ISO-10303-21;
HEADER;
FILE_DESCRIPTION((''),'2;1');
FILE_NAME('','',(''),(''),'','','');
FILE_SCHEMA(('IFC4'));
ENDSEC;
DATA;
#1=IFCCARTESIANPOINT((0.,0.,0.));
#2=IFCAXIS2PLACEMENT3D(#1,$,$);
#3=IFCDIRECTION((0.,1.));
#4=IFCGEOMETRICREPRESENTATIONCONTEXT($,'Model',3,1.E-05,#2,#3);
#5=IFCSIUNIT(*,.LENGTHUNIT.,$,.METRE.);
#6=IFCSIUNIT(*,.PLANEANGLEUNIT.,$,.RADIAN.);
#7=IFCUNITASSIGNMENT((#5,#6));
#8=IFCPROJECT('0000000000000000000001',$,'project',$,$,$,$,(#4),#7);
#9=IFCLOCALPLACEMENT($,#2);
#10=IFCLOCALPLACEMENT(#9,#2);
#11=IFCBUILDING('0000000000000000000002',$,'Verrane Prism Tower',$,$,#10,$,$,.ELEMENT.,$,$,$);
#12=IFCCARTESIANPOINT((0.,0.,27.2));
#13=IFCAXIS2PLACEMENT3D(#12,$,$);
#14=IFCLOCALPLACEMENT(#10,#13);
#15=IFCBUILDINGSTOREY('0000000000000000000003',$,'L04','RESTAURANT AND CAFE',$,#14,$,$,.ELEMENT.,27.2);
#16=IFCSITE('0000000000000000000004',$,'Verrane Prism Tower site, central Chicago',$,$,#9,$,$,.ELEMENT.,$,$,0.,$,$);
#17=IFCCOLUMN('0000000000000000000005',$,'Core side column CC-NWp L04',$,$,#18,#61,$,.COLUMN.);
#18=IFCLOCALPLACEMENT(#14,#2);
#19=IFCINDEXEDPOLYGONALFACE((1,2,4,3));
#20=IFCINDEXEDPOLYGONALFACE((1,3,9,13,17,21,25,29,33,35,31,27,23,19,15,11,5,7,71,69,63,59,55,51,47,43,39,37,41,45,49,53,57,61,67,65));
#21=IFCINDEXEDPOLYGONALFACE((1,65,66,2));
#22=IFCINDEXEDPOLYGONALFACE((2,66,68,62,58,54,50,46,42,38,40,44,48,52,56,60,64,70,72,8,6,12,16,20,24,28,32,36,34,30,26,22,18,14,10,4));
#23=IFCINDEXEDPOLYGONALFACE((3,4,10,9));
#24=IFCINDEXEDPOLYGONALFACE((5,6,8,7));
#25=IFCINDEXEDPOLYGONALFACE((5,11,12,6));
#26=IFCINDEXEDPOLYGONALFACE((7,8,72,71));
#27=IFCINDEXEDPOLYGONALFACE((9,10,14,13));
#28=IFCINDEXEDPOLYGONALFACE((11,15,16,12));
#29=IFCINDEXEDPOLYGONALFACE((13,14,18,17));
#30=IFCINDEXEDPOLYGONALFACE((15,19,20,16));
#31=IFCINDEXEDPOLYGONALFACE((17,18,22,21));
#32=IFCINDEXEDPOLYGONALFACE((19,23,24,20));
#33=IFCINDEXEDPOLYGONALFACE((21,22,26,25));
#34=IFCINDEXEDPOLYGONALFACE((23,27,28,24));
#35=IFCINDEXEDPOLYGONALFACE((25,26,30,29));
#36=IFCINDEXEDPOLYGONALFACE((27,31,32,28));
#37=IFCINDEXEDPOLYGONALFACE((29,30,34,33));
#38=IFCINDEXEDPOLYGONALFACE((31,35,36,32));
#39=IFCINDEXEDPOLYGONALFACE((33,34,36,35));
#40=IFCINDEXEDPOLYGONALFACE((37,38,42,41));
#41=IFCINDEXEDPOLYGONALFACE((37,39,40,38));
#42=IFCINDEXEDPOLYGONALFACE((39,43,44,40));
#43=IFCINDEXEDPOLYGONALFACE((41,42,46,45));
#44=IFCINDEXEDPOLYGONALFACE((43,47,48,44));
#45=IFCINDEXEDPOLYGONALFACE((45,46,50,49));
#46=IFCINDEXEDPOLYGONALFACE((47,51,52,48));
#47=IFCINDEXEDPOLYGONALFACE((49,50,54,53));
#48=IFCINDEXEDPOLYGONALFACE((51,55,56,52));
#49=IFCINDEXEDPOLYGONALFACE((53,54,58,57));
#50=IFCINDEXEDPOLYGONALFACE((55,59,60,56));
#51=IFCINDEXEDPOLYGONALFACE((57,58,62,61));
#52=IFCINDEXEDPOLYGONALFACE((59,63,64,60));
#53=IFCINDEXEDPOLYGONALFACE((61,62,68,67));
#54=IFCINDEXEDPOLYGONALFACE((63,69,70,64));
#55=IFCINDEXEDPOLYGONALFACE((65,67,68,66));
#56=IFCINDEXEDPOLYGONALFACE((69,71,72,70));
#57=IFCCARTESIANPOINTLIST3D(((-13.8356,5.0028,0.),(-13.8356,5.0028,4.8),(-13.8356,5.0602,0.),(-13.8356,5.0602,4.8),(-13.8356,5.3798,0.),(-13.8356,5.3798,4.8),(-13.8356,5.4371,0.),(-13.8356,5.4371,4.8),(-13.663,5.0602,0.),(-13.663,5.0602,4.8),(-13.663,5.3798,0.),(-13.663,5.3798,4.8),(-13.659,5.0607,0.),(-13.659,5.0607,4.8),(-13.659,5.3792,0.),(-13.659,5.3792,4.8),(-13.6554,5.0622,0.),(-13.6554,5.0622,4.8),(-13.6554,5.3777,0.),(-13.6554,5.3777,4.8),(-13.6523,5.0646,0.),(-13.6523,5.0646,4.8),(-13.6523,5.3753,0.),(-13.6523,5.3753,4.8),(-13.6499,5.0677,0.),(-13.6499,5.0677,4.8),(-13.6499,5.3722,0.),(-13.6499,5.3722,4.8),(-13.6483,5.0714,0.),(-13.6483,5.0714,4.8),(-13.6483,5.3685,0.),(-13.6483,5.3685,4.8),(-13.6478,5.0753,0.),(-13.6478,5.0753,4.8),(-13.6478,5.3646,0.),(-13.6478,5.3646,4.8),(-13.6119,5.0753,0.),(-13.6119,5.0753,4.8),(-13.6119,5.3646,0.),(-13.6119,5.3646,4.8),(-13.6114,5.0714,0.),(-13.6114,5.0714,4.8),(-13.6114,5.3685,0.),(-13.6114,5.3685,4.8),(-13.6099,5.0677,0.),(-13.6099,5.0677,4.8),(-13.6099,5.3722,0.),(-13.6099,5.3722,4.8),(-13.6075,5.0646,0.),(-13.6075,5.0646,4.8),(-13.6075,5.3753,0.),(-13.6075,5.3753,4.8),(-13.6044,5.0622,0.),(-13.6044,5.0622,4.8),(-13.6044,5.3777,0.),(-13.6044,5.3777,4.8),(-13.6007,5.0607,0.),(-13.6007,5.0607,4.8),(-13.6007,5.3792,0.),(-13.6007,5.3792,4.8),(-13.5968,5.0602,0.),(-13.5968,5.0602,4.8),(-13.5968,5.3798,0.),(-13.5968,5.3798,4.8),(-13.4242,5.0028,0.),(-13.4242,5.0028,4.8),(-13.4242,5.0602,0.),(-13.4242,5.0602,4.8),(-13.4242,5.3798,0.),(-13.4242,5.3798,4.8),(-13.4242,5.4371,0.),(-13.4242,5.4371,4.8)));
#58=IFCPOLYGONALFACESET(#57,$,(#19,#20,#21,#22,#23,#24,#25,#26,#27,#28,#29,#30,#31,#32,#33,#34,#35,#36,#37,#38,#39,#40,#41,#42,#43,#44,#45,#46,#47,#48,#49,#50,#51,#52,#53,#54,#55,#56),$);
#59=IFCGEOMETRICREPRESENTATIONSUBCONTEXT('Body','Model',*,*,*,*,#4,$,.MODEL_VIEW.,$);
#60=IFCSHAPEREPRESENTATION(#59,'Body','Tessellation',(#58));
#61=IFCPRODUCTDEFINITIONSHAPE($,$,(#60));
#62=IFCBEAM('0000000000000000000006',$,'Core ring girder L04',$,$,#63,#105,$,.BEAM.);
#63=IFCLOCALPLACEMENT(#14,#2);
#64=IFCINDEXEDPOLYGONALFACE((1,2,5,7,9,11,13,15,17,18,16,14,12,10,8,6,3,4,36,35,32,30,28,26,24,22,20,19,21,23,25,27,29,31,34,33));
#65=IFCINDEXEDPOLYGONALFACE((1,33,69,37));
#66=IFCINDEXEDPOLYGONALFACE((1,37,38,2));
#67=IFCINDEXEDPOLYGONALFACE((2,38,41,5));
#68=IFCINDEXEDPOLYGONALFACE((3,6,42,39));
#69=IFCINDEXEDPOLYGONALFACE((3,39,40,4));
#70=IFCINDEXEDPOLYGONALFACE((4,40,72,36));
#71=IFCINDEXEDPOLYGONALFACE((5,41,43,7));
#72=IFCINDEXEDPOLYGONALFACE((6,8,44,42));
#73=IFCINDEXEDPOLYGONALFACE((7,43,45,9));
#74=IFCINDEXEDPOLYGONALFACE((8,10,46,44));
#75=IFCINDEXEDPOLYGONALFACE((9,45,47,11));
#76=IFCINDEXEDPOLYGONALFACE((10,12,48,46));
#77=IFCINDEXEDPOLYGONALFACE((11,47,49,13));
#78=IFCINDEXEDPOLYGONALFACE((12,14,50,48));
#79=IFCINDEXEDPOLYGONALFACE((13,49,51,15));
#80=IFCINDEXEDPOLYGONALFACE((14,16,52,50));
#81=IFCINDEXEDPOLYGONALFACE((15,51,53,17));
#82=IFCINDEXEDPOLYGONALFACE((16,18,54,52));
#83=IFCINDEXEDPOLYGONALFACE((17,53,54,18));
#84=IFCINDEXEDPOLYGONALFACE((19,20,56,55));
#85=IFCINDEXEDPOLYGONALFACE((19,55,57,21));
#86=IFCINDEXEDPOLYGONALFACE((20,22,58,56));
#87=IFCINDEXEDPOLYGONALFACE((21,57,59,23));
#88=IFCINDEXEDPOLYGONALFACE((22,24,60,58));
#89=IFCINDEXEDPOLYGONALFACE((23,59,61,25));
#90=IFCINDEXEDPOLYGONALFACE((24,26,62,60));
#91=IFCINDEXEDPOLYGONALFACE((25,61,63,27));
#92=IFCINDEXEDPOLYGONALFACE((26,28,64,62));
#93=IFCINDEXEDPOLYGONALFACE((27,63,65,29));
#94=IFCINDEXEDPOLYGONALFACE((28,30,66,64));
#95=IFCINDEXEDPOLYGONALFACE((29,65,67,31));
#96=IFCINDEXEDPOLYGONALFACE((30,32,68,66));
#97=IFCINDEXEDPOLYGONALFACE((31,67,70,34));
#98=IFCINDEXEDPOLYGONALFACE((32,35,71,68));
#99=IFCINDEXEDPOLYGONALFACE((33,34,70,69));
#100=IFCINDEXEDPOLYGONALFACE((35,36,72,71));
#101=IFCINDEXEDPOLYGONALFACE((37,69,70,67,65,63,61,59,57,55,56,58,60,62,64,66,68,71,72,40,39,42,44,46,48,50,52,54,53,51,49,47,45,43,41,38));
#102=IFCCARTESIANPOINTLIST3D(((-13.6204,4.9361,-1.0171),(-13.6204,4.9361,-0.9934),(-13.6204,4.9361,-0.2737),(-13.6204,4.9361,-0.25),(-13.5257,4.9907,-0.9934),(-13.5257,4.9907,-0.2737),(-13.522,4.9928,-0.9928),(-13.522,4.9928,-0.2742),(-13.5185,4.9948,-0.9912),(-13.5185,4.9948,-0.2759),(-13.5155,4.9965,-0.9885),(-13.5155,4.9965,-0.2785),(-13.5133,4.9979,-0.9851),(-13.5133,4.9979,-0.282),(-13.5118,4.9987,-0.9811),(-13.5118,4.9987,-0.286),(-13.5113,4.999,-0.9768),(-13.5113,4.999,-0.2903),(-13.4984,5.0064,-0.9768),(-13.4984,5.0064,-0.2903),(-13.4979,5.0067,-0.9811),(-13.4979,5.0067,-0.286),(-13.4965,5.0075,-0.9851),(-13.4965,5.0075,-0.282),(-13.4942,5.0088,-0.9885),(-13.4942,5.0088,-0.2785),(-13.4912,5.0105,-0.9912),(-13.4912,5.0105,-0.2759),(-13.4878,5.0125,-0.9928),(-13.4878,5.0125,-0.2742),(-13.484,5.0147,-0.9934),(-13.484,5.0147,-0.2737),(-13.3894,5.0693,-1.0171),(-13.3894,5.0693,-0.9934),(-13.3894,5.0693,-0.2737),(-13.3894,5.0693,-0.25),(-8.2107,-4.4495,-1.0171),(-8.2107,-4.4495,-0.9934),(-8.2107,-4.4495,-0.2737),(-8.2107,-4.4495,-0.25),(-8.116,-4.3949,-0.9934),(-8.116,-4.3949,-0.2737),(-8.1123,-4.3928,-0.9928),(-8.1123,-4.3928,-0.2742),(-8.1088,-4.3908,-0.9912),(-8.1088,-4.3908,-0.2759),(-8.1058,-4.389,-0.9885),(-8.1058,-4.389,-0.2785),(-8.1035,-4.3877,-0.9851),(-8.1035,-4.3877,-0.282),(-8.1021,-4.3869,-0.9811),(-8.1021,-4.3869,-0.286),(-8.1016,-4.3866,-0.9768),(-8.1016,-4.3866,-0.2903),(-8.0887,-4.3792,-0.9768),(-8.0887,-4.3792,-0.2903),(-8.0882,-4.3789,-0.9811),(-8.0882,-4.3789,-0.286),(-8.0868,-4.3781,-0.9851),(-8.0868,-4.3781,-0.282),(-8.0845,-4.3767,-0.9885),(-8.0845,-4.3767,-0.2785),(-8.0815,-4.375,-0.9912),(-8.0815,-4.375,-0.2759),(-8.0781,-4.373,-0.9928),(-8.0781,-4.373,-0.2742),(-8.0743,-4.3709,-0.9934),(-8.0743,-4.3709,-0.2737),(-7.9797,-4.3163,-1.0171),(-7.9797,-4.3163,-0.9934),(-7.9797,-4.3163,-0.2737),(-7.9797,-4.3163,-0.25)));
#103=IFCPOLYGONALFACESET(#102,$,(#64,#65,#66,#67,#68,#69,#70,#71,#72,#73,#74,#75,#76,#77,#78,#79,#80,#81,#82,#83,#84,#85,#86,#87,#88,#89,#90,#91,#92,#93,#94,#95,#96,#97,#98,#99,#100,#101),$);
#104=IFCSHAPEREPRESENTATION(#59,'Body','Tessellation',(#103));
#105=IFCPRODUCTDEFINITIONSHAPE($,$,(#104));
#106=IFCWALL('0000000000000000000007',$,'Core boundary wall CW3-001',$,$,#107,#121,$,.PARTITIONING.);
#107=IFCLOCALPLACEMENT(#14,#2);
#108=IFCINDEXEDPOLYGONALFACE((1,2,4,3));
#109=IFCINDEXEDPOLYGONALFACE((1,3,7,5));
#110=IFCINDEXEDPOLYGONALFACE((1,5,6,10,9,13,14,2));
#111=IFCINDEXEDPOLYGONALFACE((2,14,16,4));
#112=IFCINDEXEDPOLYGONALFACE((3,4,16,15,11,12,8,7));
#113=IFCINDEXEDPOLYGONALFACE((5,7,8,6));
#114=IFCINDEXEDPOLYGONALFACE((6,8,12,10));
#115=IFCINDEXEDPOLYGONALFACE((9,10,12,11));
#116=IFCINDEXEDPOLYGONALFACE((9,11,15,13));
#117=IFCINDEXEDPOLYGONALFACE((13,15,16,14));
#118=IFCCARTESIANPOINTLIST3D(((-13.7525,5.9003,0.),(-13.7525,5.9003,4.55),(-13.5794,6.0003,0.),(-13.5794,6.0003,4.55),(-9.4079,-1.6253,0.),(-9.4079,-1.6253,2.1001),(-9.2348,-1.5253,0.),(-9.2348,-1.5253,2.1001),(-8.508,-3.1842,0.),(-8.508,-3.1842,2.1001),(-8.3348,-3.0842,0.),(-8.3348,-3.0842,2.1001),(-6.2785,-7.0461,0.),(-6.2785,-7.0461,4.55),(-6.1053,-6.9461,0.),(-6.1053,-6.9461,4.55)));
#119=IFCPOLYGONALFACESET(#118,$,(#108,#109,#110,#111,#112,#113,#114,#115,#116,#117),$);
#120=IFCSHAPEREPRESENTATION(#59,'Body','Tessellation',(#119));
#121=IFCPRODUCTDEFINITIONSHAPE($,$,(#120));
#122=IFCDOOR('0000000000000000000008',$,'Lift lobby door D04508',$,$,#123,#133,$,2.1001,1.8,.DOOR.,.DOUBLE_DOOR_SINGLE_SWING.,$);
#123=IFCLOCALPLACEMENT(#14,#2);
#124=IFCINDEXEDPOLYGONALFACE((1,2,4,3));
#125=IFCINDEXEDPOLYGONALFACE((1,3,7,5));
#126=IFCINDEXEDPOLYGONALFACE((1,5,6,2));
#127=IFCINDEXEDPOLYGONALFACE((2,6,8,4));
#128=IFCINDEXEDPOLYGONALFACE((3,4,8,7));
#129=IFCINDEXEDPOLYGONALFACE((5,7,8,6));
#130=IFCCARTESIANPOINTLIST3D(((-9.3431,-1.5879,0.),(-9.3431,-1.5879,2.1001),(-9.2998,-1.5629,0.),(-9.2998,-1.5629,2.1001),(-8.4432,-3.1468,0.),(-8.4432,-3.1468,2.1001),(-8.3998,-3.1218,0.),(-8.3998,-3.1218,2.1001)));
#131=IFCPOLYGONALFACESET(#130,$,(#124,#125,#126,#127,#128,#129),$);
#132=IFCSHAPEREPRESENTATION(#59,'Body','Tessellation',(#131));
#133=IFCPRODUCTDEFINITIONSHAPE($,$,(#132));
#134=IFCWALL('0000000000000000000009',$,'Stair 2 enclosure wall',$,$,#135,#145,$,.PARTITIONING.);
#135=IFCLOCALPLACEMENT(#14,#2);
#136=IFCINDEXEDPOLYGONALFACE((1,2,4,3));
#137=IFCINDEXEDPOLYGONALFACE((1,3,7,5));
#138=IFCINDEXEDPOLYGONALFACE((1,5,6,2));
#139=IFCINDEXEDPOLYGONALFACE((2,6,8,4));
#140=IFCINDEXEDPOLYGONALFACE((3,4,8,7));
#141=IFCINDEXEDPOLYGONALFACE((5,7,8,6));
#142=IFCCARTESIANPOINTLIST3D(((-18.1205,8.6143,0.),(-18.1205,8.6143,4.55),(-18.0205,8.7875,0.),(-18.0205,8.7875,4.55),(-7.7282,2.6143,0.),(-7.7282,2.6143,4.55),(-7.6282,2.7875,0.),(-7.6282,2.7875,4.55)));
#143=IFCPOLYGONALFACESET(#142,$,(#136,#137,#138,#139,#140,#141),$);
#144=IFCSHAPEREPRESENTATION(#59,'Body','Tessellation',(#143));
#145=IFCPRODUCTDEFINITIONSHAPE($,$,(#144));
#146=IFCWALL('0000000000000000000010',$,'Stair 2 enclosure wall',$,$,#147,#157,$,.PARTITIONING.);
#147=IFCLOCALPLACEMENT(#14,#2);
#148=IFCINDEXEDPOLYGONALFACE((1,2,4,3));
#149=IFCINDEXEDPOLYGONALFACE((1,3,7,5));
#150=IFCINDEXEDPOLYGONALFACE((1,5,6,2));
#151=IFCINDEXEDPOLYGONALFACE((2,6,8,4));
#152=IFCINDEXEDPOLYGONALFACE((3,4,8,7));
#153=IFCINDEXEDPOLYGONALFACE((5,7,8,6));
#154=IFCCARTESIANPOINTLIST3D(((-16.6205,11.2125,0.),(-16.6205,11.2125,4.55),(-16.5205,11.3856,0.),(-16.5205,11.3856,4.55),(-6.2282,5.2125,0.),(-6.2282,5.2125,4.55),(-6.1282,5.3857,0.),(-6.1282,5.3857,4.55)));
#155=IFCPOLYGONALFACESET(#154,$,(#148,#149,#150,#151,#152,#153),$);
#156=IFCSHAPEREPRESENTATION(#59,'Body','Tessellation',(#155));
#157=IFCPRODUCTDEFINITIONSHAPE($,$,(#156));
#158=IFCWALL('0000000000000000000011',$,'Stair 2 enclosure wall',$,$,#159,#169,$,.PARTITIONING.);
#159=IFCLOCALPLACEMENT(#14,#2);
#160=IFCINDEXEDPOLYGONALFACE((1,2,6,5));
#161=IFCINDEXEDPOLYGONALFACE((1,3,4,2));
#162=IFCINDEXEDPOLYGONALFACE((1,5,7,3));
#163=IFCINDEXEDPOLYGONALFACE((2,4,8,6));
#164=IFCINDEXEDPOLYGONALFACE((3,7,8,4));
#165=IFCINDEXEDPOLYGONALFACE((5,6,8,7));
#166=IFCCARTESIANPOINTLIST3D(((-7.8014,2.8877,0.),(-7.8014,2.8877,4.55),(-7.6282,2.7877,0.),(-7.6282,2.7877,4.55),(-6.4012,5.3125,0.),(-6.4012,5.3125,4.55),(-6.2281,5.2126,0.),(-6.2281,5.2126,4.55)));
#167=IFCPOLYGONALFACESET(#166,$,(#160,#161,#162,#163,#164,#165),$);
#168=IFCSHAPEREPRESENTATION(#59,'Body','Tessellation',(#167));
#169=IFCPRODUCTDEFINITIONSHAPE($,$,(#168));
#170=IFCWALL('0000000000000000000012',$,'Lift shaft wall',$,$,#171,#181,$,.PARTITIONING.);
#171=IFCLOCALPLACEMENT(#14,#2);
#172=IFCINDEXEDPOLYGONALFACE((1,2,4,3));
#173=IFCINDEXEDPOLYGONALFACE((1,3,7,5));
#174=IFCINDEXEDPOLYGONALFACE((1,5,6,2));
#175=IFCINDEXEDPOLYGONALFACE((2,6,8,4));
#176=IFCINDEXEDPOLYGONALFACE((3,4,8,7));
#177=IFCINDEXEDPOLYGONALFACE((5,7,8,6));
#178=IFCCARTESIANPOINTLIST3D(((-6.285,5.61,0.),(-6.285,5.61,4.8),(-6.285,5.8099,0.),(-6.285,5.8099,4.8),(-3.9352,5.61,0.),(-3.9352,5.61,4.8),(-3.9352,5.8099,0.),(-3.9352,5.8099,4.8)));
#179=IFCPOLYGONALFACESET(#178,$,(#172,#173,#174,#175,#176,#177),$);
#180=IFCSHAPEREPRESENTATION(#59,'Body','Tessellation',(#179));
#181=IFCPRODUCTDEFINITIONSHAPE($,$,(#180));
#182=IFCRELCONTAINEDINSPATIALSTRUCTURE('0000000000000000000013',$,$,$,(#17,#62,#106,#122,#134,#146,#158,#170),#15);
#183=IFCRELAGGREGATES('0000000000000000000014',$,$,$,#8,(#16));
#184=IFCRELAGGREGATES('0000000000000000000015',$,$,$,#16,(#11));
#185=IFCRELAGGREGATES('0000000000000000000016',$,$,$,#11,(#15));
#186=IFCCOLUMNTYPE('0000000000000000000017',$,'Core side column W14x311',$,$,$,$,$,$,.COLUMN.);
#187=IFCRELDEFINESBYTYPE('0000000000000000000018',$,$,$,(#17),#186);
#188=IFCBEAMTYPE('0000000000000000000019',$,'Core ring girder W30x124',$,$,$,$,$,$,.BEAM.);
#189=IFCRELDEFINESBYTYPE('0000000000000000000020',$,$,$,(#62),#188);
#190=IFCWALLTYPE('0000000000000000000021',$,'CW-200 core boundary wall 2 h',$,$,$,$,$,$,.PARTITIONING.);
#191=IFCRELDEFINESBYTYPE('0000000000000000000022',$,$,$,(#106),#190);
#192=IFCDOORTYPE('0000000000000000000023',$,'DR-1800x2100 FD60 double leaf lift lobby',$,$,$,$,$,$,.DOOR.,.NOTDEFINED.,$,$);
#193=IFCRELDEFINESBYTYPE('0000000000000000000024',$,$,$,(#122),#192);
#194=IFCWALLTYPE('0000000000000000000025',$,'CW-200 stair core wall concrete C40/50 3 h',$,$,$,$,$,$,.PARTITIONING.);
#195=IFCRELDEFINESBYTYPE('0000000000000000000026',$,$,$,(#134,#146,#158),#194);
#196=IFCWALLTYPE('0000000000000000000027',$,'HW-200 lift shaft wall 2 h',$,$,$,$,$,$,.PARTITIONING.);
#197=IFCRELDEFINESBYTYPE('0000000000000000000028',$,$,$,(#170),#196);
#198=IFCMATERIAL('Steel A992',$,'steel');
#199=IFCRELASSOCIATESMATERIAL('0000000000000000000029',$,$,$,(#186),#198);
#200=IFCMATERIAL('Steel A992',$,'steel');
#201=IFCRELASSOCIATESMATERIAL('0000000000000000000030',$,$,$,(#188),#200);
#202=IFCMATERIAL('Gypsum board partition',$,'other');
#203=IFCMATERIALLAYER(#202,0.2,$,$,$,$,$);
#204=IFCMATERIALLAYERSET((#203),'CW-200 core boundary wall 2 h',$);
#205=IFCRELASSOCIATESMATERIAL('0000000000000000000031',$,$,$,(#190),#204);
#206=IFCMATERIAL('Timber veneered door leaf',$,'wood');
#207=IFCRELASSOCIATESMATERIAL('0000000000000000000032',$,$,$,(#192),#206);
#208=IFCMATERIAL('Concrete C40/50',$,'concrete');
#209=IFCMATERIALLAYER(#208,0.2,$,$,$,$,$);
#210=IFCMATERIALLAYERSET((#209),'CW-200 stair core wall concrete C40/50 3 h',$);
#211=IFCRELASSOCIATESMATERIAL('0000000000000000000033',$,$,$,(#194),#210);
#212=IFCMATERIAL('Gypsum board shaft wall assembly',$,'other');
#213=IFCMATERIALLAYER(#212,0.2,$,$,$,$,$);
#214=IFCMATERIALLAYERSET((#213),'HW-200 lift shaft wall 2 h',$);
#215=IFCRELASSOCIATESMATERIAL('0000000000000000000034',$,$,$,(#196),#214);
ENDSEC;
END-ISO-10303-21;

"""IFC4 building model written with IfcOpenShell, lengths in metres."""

from ifc_helpers import new_model, si_unit, direction, frame, frame_2d, origin, origin_2d, place, context, subcontext, project, spatial, rectangle, i_section, extrude, material, layer, layer_set, material_profile, profile_set, type_object, element, fill, save


model = new_model("IFC4")

# Units and contexts
model_context = context("Model", 3, precision=1e-05, world=origin(), true_north=direction((0.0, 1.0)))
body_context = subcontext(model_context, "Body", "Model", "MODEL_VIEW")
ifc_project = project(units=[si_unit("LENGTHUNIT", "METRE"), si_unit("PLANEANGLEUNIT", "RADIAN")], contexts=[model_context])

# Site, building, storey
site_placement = place(None, origin())
site = spatial("IfcSite", under=ifc_project, at=site_placement, Name="Verrane Prism Tower site, central Chicago", CompositionType="ELEMENT", RefElevation=0.0)
building_placement = place(site_placement, origin())
building = spatial("IfcBuilding", under=site, at=building_placement, Name="Verrane Prism Tower", CompositionType="ELEMENT")
storey_placement = place(building_placement, frame((0.0, 0.0, 27.2)))
storey = spatial("IfcBuildingStorey", under=building, at=storey_placement, Name="L04", Description="RESTAURANT AND CAFE", CompositionType="ELEMENT", Elevation=27.2)

# Column
ifc_material_1 = material(Name="Steel A992", Category="steel")
ifc_material_profile_1 = material_profile(ifc_material_1, i_section(OverallWidth=0.4114, OverallDepth=0.4343, WebThickness=0.0359, FlangeThickness=0.0574, FilletRadius=0.0151, at=origin_2d()), Name="W14x311")
ifc_profile_set_1 = profile_set([ifc_material_profile_1], Name="Steel A992")
column_type = type_object("IfcColumnType", Name="Core side column W14x311", PredefinedType="COLUMN", material=ifc_profile_set_1)
column_placement = place(storey_placement, frame((-13.6299, 5.22, 0.0), z_axis=(0.0, 0.0, 1.0), x_axis=(1.0, 0.0, 0.0)))
element("IfcColumn", 1, at=column_placement, inside=storey, type_object=column_type, Name="Core side column CC-NWp L04", PredefinedType="COLUMN", context=body_context, shape_type="SweptSolid", body=[
    extrude(i_section(OverallWidth=0.4114, OverallDepth=0.4343, WebThickness=0.0359, FlangeThickness=0.0574, FilletRadius=0.0151, at=origin_2d()), origin(), (0.0, 0.0, 1.0), 4.8),
])

# Beam
ifc_material_2 = material(Name="Steel A992", Category="steel")
ifc_material_profile_2 = material_profile(ifc_material_2, i_section(OverallWidth=0.2666, OverallDepth=0.7671, WebThickness=0.0149, FlangeThickness=0.0237, FilletRadius=0.0166, at=origin_2d()), Name="W30x124")
ifc_profile_set_2 = profile_set([ifc_material_profile_2], Name="Steel A992")
beam_type = type_object("IfcBeamType", Name="Core ring girder W30x124", PredefinedType="BEAM", material=ifc_profile_set_2)
beam_placement = place(storey_placement, frame((-13.5049, 5.0027, -0.6335), z_axis=(0.499373, -0.866387, 0.0), x_axis=(0.866387, 0.499373, 0.0)))
element("IfcBeam", 2, at=beam_placement, inside=storey, type_object=beam_type, Name="Core ring girder L04", PredefinedType="BEAM", context=body_context, shape_type="SweptSolid", body=[
    extrude(i_section(OverallWidth=0.2666, OverallDepth=0.7671, WebThickness=0.0149, FlangeThickness=0.0237, FilletRadius=0.0166, at=origin_2d()), origin(), (0.0, 0.0, 1.0), 10.833),
])

# Wall, opening, door
ifc_material_3 = material(Name="Gypsum board partition", Category="other")
ifc_layer_1 = layer(ifc_material_3, 0.2)
ifc_layer_set_1 = layer_set([ifc_layer_1], Name="CW-200 core boundary wall 2 h")
wall_type_1 = type_object("IfcWallType", Name="CW-200 core boundary wall 2 h", PredefinedType="PARTITIONING", material=ifc_layer_set_1)
wall_1_placement = place(storey_placement, frame((-13.666, 5.9504, 0.0), z_axis=(0.0, 0.0, 1.0), x_axis=(0.499972, -0.866042, 0.0)))
wall_1 = element("IfcWall", 3, at=wall_1_placement, inside=storey, type_object=wall_type_1, Name="Core boundary wall CW3-001", PredefinedType="PARTITIONING", context=body_context, shape_type="SweptSolid", body=[
    extrude(rectangle(XDim=14.949, YDim=0.2, at=frame_2d((7.4746, 0.0))), origin(), (0.0, 0.0, 1.0), 4.55),
])
opening_1_placement = place(wall_1_placement, frame((8.6899, 0.0, 0.0)))
opening_1 = element("IfcOpeningElement", 4, at=opening_1_placement, cuts=wall_1, PredefinedType="OPENING", context=body_context, shape_type="SweptSolid", body=[
    extrude(rectangle(XDim=1.8, YDim=2.1001, at=frame_2d((0.8999, 1.05))), frame((0.0, 0.1099, 0.0), z_axis=(0.0, -1.0, 0.0), x_axis=(1.0, 0.0, 0.0)), (0.0, 0.0, 1.0), 0.22),
])
ifc_material_4 = material(Name="Timber veneered door leaf", Category="wood")
door_type_1 = type_object("IfcDoorType", Name="DR-1800x2100 FD60 double leaf lift lobby", OperationType="NOTDEFINED", PredefinedType="DOOR", material=ifc_material_4)
door_1_placement = place(opening_1_placement, origin())
door_1 = element("IfcDoor", 5, at=door_1_placement, inside=storey, type_object=door_type_1, Name="Lift lobby door D04508", OperationType="DOUBLE_DOOR_SINGLE_SWING", OverallHeight=2.1001, OverallWidth=1.8, PredefinedType="DOOR", context=body_context, shape_type="SweptSolid", body=[
    extrude(rectangle(XDim=1.8, YDim=2.1001, at=frame_2d((0.8999, 1.05))), frame((0.0, 0.0249, 0.0), z_axis=(0.0, -1.0, 0.0), x_axis=(1.0, 0.0, 0.0)), (0.0, 0.0, 1.0), 0.05),
])
fill(opening_1, door_1)

# Walls
ifc_material_5 = material(Name="Concrete C40/50", Category="concrete")
ifc_layer_2 = layer(ifc_material_5, 0.2)
ifc_layer_set_2 = layer_set([ifc_layer_2], Name="CW-200 stair core wall concrete C40/50 3 h")
wall_type_2 = type_object("IfcWallType", Name="CW-200 stair core wall concrete C40/50 3 h", PredefinedType="PARTITIONING", material=ifc_layer_set_2)
for number, where, z_axis, x_axis, name in (
    (6, (-7.6782, 2.7009, 0.0), (0.0, 0.0, 1.0), (-0.866026, 0.499999, 0.0), "Stair 2 enclosure wall"),
    (7, (-6.1782, 5.2991, 0.0), (0.0, 0.0, 1.0), (-0.866026, 0.499999, 0.0), "Stair 2 enclosure wall"),
):
    element("IfcWall", number, at=place(storey_placement, frame(where, z_axis=z_axis, x_axis=x_axis)), inside=storey, type_object=wall_type_2, Name=name, PredefinedType="PARTITIONING", context=body_context, shape_type="SweptSolid", body=[
        extrude(rectangle(XDim=12.0, YDim=0.2, at=frame_2d((6.0, 0.0))), origin(), (0.0, 0.0, 1.0), 4.55),
    ])
wall_2_placement = place(storey_placement, frame((-6.3147, 5.2625, 0.0), z_axis=(0.0, 0.0, 1.0), x_axis=(-0.50005, -0.865997, 0.0)))
element("IfcWall", 8, at=wall_2_placement, inside=storey, type_object=wall_type_2, Name="Stair 2 enclosure wall", PredefinedType="PARTITIONING", context=body_context, shape_type="SweptSolid", body=[
    extrude(rectangle(XDim=2.8, YDim=0.2, at=frame_2d((1.3999, 0.0))), origin(), (0.0, 0.0, 1.0), 4.55),
])
ifc_material_6 = material(Name="Gypsum board shaft wall assembly", Category="other")
ifc_layer_3 = layer(ifc_material_6, 0.2)
ifc_layer_set_3 = layer_set([ifc_layer_3], Name="HW-200 lift shaft wall 2 h")
wall_type_3 = type_object("IfcWallType", Name="HW-200 lift shaft wall 2 h", PredefinedType="PARTITIONING", material=ifc_layer_set_3)
wall_3_placement = place(storey_placement, frame((-6.2849, 5.71, 0.0), z_axis=(0.0, 0.0, 1.0), x_axis=(1.0, 0.0, 0.0)))
element("IfcWall", 9, at=wall_3_placement, inside=storey, type_object=wall_type_3, Name="Lift shaft wall", PredefinedType="PARTITIONING", context=body_context, shape_type="SweptSolid", body=[
    extrude(rectangle(XDim=2.3499, YDim=0.2, at=frame_2d((1.1748, 0.0))), origin(), (0.0, 0.0, 1.0), 4.8),
])

save(model, "model.ifc")
